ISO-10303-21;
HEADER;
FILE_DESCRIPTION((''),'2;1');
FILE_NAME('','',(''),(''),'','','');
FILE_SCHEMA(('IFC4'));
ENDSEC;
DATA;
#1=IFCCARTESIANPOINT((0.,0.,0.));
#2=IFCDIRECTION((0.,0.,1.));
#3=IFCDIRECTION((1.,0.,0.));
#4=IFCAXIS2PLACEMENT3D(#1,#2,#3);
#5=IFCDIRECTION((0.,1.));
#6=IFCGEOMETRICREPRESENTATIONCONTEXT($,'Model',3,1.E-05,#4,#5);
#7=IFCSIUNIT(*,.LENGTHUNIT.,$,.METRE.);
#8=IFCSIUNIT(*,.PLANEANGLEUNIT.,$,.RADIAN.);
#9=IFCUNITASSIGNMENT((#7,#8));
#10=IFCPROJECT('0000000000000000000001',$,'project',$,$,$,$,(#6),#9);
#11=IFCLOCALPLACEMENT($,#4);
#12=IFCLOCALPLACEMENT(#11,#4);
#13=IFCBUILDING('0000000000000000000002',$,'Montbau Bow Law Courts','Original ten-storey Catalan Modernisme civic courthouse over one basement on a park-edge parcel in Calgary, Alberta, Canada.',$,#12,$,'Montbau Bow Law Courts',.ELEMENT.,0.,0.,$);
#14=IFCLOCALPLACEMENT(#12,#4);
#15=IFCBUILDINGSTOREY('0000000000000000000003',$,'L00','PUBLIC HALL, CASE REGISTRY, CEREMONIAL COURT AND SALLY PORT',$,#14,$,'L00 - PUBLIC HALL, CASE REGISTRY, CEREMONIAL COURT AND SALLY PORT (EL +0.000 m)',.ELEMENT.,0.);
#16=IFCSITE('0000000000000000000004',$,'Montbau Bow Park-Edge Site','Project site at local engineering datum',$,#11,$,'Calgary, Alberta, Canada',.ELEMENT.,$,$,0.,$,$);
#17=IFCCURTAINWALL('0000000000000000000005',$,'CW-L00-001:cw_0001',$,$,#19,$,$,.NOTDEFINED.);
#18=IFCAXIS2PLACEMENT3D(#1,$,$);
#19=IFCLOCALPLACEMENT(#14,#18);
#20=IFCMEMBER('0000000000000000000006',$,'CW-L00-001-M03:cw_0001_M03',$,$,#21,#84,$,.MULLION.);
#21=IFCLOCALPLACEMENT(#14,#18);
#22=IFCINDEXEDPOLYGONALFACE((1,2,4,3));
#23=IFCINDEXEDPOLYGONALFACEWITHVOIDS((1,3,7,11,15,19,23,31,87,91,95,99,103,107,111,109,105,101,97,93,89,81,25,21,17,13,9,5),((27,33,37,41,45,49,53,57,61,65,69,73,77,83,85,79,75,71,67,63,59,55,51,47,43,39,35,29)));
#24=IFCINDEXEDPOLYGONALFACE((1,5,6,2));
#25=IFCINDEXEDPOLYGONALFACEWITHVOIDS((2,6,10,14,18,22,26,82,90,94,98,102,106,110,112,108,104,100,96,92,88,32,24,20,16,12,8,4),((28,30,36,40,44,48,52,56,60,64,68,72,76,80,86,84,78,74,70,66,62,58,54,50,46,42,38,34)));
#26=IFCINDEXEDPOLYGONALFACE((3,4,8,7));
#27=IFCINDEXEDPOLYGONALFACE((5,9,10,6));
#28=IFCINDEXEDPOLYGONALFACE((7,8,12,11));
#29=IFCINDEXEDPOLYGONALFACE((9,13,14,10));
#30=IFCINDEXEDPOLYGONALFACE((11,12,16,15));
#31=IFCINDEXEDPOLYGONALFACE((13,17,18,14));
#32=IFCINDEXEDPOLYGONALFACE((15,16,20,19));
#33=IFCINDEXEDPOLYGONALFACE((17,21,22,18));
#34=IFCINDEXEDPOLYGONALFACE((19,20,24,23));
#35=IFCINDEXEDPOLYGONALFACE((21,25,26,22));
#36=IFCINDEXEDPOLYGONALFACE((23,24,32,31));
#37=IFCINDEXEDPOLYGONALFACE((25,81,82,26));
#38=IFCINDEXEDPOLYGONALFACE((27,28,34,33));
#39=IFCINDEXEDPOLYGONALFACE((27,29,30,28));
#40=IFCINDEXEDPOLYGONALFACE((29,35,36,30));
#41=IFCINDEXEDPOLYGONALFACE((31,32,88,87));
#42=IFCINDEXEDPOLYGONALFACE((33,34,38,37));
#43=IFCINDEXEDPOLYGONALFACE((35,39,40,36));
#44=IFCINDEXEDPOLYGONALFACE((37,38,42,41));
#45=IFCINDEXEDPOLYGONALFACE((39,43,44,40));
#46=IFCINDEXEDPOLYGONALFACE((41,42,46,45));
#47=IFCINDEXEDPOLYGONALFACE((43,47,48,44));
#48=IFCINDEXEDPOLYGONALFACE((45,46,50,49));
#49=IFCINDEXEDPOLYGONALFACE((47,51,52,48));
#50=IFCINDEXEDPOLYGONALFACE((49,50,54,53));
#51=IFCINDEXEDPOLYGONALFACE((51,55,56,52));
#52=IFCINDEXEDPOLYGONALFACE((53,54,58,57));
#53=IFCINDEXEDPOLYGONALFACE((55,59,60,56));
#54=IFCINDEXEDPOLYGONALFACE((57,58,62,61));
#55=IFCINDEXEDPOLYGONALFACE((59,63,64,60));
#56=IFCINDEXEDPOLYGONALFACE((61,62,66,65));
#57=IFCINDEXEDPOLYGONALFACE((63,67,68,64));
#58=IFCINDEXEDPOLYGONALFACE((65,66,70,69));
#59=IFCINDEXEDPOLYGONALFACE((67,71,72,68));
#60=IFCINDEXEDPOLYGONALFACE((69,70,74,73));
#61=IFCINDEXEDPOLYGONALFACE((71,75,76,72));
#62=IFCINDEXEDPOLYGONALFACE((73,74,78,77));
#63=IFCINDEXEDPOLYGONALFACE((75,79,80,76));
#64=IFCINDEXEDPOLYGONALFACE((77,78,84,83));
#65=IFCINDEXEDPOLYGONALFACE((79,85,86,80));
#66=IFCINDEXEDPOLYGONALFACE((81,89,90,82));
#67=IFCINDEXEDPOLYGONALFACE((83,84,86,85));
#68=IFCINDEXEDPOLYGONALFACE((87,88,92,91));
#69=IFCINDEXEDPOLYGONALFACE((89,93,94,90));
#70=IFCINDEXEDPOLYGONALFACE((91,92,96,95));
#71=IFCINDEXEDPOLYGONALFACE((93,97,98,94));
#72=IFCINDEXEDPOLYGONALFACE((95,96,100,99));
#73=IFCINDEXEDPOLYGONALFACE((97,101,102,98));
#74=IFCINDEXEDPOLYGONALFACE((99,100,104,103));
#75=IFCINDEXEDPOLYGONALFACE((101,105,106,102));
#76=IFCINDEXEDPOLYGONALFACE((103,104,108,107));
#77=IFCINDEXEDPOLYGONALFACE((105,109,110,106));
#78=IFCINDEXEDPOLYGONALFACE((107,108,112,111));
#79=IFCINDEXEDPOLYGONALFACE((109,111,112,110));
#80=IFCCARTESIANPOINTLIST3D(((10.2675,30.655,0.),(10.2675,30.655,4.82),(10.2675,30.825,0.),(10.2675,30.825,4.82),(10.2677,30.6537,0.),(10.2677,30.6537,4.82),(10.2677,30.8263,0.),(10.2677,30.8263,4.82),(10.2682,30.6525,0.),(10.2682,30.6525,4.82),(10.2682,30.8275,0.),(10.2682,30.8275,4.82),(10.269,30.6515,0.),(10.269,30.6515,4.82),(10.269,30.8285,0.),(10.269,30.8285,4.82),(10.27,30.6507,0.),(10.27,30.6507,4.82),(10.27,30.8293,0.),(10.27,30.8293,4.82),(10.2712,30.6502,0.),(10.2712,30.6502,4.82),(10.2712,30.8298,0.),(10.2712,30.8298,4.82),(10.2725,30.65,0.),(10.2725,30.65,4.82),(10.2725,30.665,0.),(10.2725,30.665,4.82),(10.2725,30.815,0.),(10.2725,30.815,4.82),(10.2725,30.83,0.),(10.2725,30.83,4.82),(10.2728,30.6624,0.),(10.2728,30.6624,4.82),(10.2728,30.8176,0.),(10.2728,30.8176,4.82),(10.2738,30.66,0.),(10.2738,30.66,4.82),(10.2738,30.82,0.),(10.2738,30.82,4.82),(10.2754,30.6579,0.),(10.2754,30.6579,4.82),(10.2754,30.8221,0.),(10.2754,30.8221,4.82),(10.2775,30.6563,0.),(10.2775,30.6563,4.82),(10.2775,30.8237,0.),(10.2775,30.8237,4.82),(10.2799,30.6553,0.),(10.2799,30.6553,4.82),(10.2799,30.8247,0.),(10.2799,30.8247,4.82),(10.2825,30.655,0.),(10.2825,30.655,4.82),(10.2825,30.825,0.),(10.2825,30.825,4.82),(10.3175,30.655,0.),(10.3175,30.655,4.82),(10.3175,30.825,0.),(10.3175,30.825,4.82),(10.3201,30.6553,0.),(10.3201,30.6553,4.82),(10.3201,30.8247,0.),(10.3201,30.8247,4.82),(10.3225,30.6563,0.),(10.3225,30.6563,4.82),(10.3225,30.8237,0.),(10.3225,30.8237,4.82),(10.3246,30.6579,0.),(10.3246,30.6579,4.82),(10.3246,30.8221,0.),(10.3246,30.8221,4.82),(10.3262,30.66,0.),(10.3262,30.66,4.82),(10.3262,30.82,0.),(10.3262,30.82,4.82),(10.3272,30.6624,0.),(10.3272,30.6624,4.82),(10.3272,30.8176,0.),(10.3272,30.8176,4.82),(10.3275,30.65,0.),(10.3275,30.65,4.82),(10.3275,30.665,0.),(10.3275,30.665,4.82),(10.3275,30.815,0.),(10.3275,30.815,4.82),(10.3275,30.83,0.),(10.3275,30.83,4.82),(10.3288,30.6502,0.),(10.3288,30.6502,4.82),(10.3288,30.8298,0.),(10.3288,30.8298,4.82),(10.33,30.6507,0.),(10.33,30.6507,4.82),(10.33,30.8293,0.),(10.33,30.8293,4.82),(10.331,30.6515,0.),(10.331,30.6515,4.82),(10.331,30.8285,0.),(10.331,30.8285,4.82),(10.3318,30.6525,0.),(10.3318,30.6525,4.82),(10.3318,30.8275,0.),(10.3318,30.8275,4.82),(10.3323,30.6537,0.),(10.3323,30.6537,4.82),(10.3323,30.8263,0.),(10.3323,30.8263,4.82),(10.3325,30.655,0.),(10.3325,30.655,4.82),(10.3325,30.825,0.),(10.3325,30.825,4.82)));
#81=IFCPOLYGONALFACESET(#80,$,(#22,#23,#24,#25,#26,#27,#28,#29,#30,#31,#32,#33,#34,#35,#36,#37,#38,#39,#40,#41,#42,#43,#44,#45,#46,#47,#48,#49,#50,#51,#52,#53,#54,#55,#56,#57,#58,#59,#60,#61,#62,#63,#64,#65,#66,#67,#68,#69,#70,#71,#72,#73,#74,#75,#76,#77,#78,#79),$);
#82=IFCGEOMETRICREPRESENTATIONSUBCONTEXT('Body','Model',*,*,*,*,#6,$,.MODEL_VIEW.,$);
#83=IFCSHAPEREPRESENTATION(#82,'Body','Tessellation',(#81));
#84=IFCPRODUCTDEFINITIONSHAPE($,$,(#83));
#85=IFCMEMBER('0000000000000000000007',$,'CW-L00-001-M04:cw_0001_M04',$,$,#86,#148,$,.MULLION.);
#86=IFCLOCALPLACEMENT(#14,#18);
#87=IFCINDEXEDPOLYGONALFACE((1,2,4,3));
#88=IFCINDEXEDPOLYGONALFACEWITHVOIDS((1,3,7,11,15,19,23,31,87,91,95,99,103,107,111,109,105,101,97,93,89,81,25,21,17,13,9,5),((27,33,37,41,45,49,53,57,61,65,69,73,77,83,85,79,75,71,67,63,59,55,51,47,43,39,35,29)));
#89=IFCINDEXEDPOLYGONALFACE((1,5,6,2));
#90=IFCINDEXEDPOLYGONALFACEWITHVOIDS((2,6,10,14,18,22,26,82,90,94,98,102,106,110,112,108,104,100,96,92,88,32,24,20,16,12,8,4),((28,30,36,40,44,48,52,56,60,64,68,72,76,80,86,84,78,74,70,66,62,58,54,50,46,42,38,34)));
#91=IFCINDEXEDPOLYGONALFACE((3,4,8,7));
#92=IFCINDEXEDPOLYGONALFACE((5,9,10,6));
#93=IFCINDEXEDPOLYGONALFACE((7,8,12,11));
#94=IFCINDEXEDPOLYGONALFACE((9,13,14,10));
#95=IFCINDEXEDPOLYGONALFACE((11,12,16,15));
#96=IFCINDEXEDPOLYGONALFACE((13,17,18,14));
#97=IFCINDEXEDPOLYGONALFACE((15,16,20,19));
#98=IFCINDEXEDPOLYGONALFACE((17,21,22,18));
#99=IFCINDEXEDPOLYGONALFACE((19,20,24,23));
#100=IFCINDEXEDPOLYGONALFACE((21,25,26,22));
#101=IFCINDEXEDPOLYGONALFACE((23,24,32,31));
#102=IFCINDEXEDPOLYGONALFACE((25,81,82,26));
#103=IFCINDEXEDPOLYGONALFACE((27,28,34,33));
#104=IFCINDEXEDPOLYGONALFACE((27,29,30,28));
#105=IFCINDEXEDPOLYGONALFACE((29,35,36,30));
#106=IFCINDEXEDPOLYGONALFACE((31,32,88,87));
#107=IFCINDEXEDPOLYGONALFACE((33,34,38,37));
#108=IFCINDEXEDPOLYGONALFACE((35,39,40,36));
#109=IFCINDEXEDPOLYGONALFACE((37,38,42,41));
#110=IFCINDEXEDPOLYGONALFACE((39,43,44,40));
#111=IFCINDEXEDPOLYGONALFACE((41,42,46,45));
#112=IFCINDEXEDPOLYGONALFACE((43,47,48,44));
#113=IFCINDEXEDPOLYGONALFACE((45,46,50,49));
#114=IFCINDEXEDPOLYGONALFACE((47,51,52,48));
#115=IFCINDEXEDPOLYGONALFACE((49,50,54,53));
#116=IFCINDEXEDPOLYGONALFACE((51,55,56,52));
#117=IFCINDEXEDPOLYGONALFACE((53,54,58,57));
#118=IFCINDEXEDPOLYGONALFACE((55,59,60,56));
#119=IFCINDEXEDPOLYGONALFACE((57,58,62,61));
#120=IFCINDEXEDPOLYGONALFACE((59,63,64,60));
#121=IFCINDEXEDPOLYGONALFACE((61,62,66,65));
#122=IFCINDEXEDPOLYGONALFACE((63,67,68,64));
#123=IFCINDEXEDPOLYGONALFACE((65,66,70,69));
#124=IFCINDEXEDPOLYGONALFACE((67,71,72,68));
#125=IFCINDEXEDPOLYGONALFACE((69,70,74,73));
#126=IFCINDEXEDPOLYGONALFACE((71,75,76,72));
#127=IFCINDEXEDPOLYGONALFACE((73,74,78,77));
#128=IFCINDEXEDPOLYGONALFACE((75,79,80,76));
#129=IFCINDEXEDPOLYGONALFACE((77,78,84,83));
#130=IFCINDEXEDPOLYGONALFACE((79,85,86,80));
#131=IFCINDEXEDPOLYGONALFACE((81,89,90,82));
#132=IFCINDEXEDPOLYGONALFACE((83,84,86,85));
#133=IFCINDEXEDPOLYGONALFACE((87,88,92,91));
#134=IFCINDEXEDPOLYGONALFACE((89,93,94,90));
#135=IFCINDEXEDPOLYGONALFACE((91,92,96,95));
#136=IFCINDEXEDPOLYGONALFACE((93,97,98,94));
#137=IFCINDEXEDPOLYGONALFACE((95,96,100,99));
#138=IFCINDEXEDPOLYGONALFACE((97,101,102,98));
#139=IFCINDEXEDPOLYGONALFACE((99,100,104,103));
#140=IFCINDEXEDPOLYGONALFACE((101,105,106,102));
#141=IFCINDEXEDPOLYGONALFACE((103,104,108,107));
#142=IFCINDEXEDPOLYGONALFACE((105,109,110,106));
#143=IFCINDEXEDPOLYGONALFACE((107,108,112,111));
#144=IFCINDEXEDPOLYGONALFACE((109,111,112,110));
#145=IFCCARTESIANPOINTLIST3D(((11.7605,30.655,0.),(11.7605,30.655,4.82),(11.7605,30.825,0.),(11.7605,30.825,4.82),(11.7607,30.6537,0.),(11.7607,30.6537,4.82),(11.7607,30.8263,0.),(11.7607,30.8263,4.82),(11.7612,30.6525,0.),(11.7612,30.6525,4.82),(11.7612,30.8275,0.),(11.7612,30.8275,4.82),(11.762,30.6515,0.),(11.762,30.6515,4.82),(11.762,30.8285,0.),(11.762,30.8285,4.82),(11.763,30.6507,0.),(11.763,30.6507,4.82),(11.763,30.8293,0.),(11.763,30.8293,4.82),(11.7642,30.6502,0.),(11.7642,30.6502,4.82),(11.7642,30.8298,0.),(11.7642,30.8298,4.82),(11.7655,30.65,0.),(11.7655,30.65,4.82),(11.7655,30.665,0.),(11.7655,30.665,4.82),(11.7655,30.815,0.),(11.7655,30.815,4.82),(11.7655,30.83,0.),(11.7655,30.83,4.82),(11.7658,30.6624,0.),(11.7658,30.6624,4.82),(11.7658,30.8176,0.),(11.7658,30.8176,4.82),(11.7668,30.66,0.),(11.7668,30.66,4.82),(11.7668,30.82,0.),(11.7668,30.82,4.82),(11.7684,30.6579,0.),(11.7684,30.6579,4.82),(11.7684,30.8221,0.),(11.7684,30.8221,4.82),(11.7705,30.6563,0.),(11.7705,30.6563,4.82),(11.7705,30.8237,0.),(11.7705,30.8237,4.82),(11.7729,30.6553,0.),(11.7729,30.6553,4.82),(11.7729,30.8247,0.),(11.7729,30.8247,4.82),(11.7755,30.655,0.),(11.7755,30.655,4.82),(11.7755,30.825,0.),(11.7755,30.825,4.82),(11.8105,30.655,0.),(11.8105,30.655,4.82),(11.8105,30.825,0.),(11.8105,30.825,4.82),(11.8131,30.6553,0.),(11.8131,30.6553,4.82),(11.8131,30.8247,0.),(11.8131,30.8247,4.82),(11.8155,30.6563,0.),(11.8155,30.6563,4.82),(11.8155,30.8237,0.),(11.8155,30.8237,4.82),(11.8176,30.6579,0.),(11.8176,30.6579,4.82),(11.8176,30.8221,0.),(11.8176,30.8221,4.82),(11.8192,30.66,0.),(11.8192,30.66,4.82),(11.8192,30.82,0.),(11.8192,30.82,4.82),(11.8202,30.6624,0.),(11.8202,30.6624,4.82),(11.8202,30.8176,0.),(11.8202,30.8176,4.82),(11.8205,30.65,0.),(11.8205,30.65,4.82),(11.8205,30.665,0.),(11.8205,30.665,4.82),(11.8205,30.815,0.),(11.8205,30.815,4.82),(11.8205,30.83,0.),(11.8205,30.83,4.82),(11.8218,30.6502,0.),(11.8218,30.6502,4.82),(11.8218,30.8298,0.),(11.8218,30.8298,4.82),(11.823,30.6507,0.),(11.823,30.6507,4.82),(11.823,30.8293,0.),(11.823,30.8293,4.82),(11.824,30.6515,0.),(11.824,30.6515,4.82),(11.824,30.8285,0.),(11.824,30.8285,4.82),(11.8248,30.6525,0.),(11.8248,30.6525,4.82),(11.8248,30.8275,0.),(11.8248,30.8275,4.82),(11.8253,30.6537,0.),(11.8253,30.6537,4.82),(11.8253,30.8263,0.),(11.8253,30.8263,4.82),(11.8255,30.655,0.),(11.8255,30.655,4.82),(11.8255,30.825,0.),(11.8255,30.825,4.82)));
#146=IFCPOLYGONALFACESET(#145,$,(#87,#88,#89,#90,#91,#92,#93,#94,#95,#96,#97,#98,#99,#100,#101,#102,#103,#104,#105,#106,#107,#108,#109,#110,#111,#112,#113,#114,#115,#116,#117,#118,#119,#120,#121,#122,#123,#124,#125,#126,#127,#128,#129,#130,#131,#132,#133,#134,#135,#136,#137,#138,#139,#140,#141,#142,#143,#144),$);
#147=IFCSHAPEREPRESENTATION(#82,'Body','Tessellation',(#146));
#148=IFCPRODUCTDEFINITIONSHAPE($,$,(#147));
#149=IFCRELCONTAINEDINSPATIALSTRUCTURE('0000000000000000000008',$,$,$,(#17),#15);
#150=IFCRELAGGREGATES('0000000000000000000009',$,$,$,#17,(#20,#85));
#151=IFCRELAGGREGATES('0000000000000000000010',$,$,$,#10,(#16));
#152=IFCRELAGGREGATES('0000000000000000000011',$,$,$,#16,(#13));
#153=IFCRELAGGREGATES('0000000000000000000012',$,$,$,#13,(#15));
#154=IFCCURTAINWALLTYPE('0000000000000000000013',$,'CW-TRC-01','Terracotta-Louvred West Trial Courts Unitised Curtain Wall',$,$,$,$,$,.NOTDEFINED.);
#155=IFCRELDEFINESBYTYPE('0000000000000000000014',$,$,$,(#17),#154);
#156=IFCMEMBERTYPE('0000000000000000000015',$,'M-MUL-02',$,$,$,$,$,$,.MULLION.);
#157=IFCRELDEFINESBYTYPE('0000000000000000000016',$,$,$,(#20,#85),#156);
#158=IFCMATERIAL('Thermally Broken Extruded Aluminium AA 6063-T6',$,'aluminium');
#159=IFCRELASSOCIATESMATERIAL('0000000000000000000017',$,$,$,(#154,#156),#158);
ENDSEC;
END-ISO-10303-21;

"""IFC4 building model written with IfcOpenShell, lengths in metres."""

from ifc_helpers import new_model, si_unit, direction, frame, origin_with_axes, origin_2d_with_axis, place, context, subcontext, project, spatial, hollow_rectangle, extrude, material, material_profile, profile_set, type_object, element, aggregate, save


model = new_model("IFC4")

# Units and contexts
model_context = context("Model", 3, precision=1e-05, world=origin_with_axes(), true_north=direction((0.0, 1.0)))
body_context = subcontext(model_context, "Body", "Model", "MODEL_VIEW")
ifc_project = project(units=[si_unit("LENGTHUNIT", "METRE"), si_unit("PLANEANGLEUNIT", "RADIAN")], contexts=[model_context])

# Site, building, storey
site_placement = place(None, origin_with_axes())
site = spatial("IfcSite", under=ifc_project, at=site_placement, Name="Montbau Bow Park-Edge Site", Description="Project site at local engineering datum", LongName="Calgary, Alberta, Canada", CompositionType="ELEMENT", RefElevation=0.0)
building_placement = place(site_placement, origin_with_axes())
building = spatial("IfcBuilding", under=site, at=building_placement, Name="Montbau Bow Law Courts", Description="Original ten-storey Catalan Modernisme civic courthouse over one basement on a park-edge parcel in Calgary, Alberta, Canada.", LongName="Montbau Bow Law Courts", CompositionType="ELEMENT", ElevationOfRefHeight=0.0, ElevationOfTerrain=0.0)
storey_placement = place(building_placement, origin_with_axes())
storey = spatial("IfcBuildingStorey", under=building, at=storey_placement, Name="L00", Description="PUBLIC HALL, CASE REGISTRY, CEREMONIAL COURT AND SALLY PORT", LongName="L00 - PUBLIC HALL, CASE REGISTRY, CEREMONIAL COURT AND SALLY PORT (EL +0.000 m)", CompositionType="ELEMENT", Elevation=0.0)

# Curtain wall, members
ifc_material_1 = material(Name="Thermally Broken Extruded Aluminium AA 6063-T6", Category="aluminium")
curtain_wall_type = type_object("IfcCurtainWallType", Name="CW-TRC-01", Description="Terracotta-Louvred West Trial Courts Unitised Curtain Wall", PredefinedType="NOTDEFINED", material=ifc_material_1)
curtain_wall_1_placement = place(None, frame((7.315, 30.74, 0.0), z_axis=(0.0, 0.0, 1.0), x_axis=(1.0, 0.0, 0.0)))
curtain_wall_1 = element("IfcCurtainWall", 1, at=curtain_wall_1_placement, inside=storey, type_object=curtain_wall_type, Name="CW-L00-001:cw_0001", PredefinedType="NOTDEFINED")
ifc_material_profile_1 = material_profile(ifc_material_1, hollow_rectangle(XDim=0.065, YDim=0.18, WallThickness=0.005, InnerFilletRadius=0.01, OuterFilletRadius=0.005, at=origin_2d_with_axis()), Name="CWM-180X65", Category="Main", Priority=0)
ifc_profile_set_1 = profile_set([ifc_material_profile_1], Name="Thermally Broken Extruded Aluminium AA 6063-T6")
member_type_1 = type_object("IfcMemberType", Name="M-MUL-02", PredefinedType="MULLION", material=ifc_profile_set_1)
member_1_placement = place(None, frame((10.3, 30.74, 0.0), z_axis=(0.0, 0.0, 1.0), x_axis=(1.0, 0.0, 0.0)))
member_1 = element("IfcMember", 2, at=member_1_placement, type_object=member_type_1, Name="CW-L00-001-M03:cw_0001_M03", PredefinedType="MULLION", context=body_context, shape_type="SweptSolid", body=[
    extrude(hollow_rectangle(XDim=0.065, YDim=0.18, WallThickness=0.005, InnerFilletRadius=0.01, OuterFilletRadius=0.005, at=origin_2d_with_axis()), origin_with_axes(), (0.0, 0.0, 1.0), 4.82),
])
member_2_placement = place(None, frame((11.793, 30.74, 0.0), z_axis=(0.0, 0.0, 1.0), x_axis=(1.0, 0.0, 0.0)))
member_2 = element("IfcMember", 3, at=member_2_placement, type_object=member_type_1, Name="CW-L00-001-M04:cw_0001_M04", PredefinedType="MULLION", context=body_context, shape_type="SweptSolid", body=[
    extrude(hollow_rectangle(XDim=0.065, YDim=0.18, WallThickness=0.005, InnerFilletRadius=0.01, OuterFilletRadius=0.005, at=origin_2d_with_axis()), origin_with_axes(), (0.0, 0.0, 1.0), 4.82),
])

aggregate(curtain_wall_1, [member_1, member_2])

save(model, "model.ifc")
